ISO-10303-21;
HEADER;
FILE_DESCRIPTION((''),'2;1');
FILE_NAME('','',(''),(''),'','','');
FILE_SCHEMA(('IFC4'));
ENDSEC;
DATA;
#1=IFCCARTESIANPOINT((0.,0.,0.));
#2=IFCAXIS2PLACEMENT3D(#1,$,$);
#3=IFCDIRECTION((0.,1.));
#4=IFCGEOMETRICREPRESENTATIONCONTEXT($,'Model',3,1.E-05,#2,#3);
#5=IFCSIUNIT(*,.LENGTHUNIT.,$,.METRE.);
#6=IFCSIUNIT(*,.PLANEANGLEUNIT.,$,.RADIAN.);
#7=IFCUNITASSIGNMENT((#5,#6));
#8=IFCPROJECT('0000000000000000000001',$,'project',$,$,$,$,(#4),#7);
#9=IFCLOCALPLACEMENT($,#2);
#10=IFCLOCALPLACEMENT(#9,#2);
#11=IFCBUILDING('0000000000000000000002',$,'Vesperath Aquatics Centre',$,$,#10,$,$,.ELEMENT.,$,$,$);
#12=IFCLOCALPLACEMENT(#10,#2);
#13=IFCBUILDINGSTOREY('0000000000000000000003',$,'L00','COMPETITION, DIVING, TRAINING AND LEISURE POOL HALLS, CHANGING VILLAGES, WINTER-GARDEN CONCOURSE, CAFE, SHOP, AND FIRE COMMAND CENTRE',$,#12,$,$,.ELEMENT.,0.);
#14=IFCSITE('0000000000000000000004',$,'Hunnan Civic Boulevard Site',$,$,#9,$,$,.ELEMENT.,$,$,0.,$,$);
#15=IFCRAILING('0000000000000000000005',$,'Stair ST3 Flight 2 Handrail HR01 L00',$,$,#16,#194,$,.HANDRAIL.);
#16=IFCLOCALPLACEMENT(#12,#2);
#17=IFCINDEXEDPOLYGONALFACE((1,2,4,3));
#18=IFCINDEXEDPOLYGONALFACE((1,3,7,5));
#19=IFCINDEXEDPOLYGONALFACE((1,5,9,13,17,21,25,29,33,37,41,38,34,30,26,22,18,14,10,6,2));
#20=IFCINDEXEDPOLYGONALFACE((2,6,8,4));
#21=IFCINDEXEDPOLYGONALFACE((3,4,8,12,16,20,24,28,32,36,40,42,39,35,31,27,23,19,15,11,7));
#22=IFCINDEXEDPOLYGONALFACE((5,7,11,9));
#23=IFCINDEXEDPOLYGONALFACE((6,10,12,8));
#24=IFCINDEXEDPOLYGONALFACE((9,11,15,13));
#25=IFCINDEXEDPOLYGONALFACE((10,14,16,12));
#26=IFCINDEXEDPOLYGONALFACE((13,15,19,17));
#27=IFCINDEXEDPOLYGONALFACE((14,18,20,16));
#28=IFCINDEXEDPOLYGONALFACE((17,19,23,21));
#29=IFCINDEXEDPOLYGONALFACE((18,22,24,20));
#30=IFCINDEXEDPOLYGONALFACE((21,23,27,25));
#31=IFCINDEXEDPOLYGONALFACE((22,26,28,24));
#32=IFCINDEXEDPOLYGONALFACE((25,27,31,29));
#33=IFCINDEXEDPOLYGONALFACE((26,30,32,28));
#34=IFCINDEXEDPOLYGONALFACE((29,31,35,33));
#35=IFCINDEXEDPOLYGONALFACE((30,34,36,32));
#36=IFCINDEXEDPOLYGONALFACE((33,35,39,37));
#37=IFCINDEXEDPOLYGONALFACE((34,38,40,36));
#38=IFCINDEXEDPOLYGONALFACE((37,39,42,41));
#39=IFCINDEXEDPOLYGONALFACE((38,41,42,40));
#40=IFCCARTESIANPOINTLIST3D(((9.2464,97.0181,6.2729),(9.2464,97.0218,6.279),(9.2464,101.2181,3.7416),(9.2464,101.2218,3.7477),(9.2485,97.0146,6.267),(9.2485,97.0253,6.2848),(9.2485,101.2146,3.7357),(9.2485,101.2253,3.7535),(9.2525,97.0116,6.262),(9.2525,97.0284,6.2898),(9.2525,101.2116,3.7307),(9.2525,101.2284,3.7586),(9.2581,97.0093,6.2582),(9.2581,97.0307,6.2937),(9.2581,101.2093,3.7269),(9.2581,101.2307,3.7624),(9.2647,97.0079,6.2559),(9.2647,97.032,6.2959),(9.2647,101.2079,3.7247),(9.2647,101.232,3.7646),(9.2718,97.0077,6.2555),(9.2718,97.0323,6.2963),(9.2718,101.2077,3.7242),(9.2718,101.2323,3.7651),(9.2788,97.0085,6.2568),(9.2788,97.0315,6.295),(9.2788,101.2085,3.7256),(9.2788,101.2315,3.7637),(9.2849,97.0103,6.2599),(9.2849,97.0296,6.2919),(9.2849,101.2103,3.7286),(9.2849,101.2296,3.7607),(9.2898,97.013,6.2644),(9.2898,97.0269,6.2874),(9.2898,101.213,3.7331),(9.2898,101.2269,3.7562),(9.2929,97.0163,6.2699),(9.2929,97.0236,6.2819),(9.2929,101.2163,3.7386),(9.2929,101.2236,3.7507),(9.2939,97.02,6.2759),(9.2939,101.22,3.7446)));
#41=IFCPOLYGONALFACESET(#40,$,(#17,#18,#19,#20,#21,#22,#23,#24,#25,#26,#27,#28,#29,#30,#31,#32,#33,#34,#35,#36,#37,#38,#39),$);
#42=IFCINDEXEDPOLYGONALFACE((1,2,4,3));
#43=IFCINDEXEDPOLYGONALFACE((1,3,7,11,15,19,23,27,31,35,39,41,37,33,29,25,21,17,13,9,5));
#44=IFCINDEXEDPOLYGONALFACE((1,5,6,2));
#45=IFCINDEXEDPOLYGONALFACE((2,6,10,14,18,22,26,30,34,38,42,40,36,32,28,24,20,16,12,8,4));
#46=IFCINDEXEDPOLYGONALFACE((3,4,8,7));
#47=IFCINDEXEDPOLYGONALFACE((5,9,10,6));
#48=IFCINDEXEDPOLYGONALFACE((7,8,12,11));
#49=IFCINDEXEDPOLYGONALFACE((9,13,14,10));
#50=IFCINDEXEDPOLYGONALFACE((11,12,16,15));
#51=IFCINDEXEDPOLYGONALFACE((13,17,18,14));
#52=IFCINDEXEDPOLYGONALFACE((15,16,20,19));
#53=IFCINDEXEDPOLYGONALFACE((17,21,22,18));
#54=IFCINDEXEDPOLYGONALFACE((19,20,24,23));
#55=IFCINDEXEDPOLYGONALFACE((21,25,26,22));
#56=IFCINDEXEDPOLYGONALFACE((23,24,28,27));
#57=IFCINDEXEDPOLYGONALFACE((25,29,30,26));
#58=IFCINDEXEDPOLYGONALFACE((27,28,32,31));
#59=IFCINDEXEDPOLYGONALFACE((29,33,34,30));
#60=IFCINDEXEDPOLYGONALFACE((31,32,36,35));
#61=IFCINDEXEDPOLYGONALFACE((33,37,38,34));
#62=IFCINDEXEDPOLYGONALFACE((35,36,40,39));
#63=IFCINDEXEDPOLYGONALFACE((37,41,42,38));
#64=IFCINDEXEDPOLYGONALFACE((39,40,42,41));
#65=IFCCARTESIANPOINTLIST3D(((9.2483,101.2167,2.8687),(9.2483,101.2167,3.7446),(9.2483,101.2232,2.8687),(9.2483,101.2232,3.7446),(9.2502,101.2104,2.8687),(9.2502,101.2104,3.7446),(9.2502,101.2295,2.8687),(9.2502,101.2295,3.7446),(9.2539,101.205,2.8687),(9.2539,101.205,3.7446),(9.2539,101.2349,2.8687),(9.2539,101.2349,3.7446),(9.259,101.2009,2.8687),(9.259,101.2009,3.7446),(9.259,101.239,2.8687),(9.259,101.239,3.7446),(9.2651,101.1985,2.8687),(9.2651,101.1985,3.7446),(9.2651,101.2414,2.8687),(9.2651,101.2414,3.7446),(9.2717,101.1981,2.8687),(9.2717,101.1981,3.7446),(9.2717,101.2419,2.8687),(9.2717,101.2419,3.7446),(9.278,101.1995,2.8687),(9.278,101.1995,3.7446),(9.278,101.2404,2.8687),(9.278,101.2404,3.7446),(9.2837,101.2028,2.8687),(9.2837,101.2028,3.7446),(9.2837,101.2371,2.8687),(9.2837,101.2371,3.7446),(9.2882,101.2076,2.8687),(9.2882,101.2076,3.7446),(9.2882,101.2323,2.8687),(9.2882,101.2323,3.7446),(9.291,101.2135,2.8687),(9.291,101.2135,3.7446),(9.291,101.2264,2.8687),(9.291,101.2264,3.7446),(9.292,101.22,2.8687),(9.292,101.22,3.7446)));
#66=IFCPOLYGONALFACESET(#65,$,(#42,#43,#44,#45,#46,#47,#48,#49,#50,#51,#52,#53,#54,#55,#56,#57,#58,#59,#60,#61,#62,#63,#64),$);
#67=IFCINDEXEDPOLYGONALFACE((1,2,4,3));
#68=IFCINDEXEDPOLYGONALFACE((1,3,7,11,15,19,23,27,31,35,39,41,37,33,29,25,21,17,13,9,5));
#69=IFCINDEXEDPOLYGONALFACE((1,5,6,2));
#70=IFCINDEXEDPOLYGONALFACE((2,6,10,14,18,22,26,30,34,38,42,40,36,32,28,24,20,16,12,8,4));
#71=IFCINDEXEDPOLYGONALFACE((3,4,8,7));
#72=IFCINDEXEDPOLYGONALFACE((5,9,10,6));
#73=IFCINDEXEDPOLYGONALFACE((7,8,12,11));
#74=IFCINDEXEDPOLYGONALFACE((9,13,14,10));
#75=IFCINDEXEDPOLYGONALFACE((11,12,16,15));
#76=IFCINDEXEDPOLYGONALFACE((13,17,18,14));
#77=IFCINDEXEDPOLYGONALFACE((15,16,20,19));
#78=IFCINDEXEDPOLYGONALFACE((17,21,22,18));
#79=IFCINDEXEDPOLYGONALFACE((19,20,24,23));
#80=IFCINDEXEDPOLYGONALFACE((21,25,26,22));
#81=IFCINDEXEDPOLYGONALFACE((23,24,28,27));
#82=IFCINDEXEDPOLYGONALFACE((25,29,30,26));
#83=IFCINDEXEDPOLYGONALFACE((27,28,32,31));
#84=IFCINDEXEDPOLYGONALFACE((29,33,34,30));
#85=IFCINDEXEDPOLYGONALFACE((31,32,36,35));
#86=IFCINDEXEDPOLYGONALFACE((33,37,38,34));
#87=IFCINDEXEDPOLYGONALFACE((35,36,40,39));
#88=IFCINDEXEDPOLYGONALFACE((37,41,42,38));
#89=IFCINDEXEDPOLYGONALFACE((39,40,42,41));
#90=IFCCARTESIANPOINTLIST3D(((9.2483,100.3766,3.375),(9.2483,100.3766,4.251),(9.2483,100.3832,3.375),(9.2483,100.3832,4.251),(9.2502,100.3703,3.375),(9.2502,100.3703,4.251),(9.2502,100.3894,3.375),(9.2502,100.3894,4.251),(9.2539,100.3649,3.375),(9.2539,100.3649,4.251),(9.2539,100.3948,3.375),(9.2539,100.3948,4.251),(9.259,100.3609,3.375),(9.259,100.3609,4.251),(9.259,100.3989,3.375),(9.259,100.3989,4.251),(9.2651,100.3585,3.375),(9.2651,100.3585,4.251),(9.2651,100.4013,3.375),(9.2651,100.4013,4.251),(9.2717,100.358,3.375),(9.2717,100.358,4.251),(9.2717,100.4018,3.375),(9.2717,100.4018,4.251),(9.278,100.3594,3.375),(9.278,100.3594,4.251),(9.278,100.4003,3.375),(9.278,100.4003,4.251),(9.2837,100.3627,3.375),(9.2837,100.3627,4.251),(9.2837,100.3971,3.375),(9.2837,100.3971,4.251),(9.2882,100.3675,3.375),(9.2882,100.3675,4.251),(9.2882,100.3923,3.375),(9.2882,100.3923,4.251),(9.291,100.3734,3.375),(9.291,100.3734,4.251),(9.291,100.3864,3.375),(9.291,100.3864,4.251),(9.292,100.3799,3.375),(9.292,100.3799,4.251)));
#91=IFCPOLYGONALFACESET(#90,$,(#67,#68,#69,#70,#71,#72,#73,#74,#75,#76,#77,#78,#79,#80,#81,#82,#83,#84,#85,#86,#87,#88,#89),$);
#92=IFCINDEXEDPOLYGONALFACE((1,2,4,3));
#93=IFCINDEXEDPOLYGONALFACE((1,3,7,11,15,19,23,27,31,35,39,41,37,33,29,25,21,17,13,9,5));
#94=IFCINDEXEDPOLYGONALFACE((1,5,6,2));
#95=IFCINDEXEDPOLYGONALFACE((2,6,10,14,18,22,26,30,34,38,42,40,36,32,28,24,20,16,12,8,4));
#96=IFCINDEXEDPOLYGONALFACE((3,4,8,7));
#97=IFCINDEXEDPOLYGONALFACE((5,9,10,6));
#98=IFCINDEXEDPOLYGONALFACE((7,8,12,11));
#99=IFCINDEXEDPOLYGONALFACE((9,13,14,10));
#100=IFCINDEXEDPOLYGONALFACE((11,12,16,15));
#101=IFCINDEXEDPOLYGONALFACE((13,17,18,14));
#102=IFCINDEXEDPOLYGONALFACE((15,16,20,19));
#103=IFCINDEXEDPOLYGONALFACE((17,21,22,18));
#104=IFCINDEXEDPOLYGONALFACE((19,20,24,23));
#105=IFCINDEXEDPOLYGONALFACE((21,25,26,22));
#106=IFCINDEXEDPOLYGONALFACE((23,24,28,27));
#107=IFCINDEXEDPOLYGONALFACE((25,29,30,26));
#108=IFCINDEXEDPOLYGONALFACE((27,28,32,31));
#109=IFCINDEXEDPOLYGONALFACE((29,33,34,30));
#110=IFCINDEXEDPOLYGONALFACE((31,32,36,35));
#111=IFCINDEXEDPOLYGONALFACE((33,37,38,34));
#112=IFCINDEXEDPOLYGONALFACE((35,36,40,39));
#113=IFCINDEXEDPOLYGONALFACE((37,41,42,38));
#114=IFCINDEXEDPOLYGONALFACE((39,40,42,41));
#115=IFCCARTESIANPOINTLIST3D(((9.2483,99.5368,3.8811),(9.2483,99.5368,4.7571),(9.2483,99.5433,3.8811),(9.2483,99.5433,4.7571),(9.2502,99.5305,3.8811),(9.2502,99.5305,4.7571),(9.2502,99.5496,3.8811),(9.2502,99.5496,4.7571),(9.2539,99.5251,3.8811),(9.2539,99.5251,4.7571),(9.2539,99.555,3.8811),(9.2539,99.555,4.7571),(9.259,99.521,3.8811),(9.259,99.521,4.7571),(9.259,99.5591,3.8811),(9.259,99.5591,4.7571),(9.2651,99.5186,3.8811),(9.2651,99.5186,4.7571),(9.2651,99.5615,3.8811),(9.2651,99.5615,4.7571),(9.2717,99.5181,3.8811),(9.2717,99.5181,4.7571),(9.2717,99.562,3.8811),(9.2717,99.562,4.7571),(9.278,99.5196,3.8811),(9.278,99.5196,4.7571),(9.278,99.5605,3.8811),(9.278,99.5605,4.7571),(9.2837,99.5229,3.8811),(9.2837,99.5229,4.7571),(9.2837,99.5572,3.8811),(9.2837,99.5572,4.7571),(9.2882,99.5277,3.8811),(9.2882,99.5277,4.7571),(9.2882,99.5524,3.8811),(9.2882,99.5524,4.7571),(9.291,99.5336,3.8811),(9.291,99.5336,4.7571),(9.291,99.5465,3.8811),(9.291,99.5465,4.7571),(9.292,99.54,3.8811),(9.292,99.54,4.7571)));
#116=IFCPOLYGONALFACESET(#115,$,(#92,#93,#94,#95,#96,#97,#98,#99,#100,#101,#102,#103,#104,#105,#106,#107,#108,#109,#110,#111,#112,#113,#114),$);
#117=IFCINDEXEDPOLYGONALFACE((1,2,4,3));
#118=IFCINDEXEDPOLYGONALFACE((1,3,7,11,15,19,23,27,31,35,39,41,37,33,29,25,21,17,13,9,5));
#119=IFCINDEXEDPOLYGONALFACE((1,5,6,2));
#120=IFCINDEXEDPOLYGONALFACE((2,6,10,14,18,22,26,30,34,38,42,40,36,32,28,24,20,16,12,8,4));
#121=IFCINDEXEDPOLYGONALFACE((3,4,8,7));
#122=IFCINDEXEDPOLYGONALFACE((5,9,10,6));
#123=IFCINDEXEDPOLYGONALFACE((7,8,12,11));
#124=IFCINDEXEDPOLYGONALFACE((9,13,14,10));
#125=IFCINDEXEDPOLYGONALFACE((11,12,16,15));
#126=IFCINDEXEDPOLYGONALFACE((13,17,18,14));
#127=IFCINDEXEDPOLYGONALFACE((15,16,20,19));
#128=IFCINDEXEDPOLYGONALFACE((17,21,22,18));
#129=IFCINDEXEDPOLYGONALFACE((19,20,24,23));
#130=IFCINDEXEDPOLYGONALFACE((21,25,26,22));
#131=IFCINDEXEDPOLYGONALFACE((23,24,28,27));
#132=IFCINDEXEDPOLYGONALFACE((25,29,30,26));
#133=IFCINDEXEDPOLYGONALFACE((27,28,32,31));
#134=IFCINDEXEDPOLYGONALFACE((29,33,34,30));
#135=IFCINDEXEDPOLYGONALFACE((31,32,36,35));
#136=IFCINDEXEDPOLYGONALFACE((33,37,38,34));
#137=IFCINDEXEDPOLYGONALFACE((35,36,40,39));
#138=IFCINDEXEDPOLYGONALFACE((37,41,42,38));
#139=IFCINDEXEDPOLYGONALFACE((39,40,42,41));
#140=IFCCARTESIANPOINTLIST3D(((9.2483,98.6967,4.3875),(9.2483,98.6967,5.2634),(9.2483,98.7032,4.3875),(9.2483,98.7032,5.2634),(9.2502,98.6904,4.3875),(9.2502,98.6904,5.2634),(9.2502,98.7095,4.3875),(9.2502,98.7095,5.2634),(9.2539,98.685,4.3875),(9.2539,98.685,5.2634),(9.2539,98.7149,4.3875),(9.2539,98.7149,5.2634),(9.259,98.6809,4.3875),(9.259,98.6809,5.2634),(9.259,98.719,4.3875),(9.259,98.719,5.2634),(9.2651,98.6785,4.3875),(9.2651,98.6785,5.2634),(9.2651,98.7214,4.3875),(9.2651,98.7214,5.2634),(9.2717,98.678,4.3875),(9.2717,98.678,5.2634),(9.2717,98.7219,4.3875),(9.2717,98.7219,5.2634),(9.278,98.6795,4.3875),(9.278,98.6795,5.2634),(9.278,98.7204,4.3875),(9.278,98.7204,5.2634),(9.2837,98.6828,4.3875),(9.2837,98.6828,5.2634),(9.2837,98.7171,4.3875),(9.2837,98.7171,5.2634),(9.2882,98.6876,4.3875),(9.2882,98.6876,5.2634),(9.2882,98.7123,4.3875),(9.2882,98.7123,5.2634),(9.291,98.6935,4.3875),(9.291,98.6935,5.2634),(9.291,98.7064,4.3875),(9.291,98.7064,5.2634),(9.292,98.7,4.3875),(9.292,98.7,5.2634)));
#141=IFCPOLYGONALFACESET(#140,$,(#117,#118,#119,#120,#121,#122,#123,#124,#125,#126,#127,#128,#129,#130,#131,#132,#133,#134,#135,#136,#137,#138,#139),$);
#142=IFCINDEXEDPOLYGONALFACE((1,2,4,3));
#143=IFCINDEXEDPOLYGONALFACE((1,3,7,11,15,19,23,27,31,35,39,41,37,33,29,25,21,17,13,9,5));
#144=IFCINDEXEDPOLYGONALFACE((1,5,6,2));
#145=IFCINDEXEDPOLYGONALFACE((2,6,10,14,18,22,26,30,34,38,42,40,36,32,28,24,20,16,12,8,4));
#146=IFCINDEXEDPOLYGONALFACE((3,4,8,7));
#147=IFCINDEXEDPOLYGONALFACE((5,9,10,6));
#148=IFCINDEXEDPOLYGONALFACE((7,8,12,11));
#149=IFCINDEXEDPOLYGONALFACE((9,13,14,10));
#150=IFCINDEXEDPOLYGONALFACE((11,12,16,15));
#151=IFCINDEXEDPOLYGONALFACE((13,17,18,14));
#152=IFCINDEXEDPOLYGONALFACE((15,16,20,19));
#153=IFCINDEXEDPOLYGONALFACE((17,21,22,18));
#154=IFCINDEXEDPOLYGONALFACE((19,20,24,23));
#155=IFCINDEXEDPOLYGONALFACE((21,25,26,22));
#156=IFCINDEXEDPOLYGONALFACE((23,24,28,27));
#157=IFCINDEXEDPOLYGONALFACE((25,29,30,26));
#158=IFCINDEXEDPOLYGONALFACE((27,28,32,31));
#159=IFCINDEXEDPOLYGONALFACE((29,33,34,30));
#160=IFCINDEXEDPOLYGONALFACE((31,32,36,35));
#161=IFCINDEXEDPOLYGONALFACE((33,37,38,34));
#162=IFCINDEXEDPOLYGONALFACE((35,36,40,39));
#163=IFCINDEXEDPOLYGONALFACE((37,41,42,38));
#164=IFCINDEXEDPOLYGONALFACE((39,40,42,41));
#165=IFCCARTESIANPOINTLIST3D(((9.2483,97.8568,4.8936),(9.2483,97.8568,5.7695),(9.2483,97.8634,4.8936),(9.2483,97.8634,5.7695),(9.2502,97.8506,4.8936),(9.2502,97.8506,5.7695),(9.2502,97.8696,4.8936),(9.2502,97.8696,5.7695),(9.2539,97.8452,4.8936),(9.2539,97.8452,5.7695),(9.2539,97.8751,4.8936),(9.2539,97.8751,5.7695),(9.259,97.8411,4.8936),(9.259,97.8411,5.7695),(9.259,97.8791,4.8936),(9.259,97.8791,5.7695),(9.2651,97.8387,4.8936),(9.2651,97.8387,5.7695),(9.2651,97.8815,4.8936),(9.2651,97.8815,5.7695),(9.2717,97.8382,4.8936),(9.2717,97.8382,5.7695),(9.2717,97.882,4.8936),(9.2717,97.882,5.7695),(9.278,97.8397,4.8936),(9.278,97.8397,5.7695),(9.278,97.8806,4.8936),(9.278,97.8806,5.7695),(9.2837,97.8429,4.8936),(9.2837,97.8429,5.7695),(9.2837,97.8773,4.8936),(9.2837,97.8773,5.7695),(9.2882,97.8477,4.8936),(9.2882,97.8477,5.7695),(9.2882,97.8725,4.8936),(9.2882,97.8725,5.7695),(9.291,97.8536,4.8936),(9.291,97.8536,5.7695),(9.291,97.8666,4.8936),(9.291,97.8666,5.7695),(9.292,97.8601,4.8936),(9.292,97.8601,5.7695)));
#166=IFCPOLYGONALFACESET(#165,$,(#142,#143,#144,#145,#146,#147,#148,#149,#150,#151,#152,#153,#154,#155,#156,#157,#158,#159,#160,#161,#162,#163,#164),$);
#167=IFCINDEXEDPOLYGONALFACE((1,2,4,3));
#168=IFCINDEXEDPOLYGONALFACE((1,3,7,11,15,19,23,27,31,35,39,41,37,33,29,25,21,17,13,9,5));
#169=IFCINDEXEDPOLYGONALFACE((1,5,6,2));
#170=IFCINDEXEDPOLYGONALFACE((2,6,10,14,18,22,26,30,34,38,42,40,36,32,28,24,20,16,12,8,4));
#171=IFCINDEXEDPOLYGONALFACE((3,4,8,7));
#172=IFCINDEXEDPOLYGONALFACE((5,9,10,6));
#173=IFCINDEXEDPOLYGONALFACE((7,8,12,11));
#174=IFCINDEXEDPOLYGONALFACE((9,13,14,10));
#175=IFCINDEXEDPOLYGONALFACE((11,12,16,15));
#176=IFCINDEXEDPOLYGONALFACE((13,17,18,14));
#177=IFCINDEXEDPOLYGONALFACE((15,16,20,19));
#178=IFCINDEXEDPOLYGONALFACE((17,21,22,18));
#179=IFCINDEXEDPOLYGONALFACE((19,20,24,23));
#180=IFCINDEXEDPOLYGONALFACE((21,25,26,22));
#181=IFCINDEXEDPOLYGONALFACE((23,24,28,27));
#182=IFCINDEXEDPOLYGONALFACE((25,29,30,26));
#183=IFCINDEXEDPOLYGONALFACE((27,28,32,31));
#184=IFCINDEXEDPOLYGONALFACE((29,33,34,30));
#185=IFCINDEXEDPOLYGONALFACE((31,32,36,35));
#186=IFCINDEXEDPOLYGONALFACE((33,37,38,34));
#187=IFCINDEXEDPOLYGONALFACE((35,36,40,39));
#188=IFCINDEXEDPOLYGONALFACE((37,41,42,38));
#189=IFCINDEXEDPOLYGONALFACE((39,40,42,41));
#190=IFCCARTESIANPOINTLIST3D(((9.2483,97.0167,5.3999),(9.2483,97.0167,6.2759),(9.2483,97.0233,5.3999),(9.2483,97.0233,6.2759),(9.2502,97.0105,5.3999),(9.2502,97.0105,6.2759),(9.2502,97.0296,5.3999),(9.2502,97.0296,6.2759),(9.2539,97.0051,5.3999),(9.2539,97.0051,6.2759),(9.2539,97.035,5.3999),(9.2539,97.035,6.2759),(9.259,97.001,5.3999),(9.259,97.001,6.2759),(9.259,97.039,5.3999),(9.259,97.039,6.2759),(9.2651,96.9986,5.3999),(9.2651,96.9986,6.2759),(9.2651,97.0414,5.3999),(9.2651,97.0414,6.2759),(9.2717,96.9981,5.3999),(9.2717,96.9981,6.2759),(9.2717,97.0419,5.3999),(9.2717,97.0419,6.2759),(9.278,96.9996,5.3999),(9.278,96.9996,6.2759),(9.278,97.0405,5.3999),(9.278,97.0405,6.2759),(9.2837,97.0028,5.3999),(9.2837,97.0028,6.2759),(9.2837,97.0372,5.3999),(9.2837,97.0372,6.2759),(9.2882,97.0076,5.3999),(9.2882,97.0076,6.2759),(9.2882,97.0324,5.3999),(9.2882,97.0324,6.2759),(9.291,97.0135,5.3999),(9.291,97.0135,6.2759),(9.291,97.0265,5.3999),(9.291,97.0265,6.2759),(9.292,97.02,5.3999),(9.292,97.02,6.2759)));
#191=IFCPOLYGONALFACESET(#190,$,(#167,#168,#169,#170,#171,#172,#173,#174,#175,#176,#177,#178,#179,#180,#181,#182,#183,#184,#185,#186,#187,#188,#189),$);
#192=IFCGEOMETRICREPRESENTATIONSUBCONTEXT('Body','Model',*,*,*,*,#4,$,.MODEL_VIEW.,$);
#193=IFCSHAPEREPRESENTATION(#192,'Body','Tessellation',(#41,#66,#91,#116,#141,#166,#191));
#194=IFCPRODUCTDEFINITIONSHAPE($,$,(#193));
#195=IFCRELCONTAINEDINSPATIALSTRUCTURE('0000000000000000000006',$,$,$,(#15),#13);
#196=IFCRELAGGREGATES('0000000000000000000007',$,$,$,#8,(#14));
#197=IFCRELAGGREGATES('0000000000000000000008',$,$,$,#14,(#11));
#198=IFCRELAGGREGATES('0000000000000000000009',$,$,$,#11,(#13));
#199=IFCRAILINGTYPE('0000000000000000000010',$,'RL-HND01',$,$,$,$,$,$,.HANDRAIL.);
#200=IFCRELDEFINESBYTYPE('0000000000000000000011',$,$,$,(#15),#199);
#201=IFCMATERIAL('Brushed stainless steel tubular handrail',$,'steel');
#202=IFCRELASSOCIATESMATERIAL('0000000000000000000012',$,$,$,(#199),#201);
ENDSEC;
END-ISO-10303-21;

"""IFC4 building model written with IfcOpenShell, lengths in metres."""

from ifc_helpers import new_model, si_unit, direction, frame, origin, origin_2d, place, context, subcontext, project, spatial, circle, extrude, material, type_object, element, save


model = new_model("IFC4")

# Units and contexts
model_context = context("Model", 3, precision=1e-05, world=origin(), true_north=direction((0.0, 1.0)))
body_context = subcontext(model_context, "Body", "Model", "MODEL_VIEW")
ifc_project = project(units=[si_unit("LENGTHUNIT", "METRE"), si_unit("PLANEANGLEUNIT", "RADIAN")], contexts=[model_context])

# Site, building, storey
site_placement = place(None, origin())
site = spatial("IfcSite", under=ifc_project, at=site_placement, Name="Hunnan Civic Boulevard Site", CompositionType="ELEMENT", RefElevation=0.0)
building_placement = place(site_placement, origin())
building = spatial("IfcBuilding", under=site, at=building_placement, Name="Vesperath Aquatics Centre", CompositionType="ELEMENT")
storey_placement = place(building_placement, origin())
storey = spatial("IfcBuildingStorey", under=building, at=storey_placement, Name="L00", Description="COMPETITION, DIVING, TRAINING AND LEISURE POOL HALLS, CHANGING VILLAGES, WINTER-GARDEN CONCOURSE, CAFE, SHOP, AND FIRE COMMAND CENTRE", CompositionType="ELEMENT", Elevation=0.0)

# Railing
ifc_material_1 = material(Name="Brushed stainless steel tubular handrail", Category="steel")
railing_type_1 = type_object("IfcRailingType", Name="RL-HND01", PredefinedType="HANDRAIL", material=ifc_material_1)
railing_1_placement = place(storey_placement, frame((9.27, 101.22, 2.8687)))
element("IfcRailing", 1, at=railing_1_placement, inside=storey, type_object=railing_type_1, Name="Stair ST3 Flight 2 Handrail HR01 L00", PredefinedType="HANDRAIL", context=body_context, shape_type="SweptSolid", body=[
    extrude(circle(Radius=0.0239, at=origin_2d()), frame((0.0, 0.0, 0.876), z_axis=(0.0, -0.856476, 0.516186), x_axis=(1.0, 0.0, 0.0)), (0.0, 0.0, 1.0), 4.9038),
    extrude(circle(Radius=0.022, at=origin_2d()), origin(), (0.0, 0.0, 1.0), 0.876),
    extrude(circle(Radius=0.022, at=origin_2d()), frame((0.0, -0.8401, 0.5063)), (0.0, 0.0, 1.0), 0.876),
    extrude(circle(Radius=0.022, at=origin_2d()), frame((0.0, -1.6799, 1.0125)), (0.0, 0.0, 1.0), 0.876),
    extrude(circle(Radius=0.022, at=origin_2d()), frame((0.0, -2.52, 1.5188)), (0.0, 0.0, 1.0), 0.876),
    extrude(circle(Radius=0.022, at=origin_2d()), frame((0.0, -3.3599, 2.0249)), (0.0, 0.0, 1.0), 0.876),
    extrude(circle(Radius=0.022, at=origin_2d()), frame((0.0, -4.2, 2.5312)), (0.0, 0.0, 1.0), 0.876),
])

save(model, "model.ifc")
